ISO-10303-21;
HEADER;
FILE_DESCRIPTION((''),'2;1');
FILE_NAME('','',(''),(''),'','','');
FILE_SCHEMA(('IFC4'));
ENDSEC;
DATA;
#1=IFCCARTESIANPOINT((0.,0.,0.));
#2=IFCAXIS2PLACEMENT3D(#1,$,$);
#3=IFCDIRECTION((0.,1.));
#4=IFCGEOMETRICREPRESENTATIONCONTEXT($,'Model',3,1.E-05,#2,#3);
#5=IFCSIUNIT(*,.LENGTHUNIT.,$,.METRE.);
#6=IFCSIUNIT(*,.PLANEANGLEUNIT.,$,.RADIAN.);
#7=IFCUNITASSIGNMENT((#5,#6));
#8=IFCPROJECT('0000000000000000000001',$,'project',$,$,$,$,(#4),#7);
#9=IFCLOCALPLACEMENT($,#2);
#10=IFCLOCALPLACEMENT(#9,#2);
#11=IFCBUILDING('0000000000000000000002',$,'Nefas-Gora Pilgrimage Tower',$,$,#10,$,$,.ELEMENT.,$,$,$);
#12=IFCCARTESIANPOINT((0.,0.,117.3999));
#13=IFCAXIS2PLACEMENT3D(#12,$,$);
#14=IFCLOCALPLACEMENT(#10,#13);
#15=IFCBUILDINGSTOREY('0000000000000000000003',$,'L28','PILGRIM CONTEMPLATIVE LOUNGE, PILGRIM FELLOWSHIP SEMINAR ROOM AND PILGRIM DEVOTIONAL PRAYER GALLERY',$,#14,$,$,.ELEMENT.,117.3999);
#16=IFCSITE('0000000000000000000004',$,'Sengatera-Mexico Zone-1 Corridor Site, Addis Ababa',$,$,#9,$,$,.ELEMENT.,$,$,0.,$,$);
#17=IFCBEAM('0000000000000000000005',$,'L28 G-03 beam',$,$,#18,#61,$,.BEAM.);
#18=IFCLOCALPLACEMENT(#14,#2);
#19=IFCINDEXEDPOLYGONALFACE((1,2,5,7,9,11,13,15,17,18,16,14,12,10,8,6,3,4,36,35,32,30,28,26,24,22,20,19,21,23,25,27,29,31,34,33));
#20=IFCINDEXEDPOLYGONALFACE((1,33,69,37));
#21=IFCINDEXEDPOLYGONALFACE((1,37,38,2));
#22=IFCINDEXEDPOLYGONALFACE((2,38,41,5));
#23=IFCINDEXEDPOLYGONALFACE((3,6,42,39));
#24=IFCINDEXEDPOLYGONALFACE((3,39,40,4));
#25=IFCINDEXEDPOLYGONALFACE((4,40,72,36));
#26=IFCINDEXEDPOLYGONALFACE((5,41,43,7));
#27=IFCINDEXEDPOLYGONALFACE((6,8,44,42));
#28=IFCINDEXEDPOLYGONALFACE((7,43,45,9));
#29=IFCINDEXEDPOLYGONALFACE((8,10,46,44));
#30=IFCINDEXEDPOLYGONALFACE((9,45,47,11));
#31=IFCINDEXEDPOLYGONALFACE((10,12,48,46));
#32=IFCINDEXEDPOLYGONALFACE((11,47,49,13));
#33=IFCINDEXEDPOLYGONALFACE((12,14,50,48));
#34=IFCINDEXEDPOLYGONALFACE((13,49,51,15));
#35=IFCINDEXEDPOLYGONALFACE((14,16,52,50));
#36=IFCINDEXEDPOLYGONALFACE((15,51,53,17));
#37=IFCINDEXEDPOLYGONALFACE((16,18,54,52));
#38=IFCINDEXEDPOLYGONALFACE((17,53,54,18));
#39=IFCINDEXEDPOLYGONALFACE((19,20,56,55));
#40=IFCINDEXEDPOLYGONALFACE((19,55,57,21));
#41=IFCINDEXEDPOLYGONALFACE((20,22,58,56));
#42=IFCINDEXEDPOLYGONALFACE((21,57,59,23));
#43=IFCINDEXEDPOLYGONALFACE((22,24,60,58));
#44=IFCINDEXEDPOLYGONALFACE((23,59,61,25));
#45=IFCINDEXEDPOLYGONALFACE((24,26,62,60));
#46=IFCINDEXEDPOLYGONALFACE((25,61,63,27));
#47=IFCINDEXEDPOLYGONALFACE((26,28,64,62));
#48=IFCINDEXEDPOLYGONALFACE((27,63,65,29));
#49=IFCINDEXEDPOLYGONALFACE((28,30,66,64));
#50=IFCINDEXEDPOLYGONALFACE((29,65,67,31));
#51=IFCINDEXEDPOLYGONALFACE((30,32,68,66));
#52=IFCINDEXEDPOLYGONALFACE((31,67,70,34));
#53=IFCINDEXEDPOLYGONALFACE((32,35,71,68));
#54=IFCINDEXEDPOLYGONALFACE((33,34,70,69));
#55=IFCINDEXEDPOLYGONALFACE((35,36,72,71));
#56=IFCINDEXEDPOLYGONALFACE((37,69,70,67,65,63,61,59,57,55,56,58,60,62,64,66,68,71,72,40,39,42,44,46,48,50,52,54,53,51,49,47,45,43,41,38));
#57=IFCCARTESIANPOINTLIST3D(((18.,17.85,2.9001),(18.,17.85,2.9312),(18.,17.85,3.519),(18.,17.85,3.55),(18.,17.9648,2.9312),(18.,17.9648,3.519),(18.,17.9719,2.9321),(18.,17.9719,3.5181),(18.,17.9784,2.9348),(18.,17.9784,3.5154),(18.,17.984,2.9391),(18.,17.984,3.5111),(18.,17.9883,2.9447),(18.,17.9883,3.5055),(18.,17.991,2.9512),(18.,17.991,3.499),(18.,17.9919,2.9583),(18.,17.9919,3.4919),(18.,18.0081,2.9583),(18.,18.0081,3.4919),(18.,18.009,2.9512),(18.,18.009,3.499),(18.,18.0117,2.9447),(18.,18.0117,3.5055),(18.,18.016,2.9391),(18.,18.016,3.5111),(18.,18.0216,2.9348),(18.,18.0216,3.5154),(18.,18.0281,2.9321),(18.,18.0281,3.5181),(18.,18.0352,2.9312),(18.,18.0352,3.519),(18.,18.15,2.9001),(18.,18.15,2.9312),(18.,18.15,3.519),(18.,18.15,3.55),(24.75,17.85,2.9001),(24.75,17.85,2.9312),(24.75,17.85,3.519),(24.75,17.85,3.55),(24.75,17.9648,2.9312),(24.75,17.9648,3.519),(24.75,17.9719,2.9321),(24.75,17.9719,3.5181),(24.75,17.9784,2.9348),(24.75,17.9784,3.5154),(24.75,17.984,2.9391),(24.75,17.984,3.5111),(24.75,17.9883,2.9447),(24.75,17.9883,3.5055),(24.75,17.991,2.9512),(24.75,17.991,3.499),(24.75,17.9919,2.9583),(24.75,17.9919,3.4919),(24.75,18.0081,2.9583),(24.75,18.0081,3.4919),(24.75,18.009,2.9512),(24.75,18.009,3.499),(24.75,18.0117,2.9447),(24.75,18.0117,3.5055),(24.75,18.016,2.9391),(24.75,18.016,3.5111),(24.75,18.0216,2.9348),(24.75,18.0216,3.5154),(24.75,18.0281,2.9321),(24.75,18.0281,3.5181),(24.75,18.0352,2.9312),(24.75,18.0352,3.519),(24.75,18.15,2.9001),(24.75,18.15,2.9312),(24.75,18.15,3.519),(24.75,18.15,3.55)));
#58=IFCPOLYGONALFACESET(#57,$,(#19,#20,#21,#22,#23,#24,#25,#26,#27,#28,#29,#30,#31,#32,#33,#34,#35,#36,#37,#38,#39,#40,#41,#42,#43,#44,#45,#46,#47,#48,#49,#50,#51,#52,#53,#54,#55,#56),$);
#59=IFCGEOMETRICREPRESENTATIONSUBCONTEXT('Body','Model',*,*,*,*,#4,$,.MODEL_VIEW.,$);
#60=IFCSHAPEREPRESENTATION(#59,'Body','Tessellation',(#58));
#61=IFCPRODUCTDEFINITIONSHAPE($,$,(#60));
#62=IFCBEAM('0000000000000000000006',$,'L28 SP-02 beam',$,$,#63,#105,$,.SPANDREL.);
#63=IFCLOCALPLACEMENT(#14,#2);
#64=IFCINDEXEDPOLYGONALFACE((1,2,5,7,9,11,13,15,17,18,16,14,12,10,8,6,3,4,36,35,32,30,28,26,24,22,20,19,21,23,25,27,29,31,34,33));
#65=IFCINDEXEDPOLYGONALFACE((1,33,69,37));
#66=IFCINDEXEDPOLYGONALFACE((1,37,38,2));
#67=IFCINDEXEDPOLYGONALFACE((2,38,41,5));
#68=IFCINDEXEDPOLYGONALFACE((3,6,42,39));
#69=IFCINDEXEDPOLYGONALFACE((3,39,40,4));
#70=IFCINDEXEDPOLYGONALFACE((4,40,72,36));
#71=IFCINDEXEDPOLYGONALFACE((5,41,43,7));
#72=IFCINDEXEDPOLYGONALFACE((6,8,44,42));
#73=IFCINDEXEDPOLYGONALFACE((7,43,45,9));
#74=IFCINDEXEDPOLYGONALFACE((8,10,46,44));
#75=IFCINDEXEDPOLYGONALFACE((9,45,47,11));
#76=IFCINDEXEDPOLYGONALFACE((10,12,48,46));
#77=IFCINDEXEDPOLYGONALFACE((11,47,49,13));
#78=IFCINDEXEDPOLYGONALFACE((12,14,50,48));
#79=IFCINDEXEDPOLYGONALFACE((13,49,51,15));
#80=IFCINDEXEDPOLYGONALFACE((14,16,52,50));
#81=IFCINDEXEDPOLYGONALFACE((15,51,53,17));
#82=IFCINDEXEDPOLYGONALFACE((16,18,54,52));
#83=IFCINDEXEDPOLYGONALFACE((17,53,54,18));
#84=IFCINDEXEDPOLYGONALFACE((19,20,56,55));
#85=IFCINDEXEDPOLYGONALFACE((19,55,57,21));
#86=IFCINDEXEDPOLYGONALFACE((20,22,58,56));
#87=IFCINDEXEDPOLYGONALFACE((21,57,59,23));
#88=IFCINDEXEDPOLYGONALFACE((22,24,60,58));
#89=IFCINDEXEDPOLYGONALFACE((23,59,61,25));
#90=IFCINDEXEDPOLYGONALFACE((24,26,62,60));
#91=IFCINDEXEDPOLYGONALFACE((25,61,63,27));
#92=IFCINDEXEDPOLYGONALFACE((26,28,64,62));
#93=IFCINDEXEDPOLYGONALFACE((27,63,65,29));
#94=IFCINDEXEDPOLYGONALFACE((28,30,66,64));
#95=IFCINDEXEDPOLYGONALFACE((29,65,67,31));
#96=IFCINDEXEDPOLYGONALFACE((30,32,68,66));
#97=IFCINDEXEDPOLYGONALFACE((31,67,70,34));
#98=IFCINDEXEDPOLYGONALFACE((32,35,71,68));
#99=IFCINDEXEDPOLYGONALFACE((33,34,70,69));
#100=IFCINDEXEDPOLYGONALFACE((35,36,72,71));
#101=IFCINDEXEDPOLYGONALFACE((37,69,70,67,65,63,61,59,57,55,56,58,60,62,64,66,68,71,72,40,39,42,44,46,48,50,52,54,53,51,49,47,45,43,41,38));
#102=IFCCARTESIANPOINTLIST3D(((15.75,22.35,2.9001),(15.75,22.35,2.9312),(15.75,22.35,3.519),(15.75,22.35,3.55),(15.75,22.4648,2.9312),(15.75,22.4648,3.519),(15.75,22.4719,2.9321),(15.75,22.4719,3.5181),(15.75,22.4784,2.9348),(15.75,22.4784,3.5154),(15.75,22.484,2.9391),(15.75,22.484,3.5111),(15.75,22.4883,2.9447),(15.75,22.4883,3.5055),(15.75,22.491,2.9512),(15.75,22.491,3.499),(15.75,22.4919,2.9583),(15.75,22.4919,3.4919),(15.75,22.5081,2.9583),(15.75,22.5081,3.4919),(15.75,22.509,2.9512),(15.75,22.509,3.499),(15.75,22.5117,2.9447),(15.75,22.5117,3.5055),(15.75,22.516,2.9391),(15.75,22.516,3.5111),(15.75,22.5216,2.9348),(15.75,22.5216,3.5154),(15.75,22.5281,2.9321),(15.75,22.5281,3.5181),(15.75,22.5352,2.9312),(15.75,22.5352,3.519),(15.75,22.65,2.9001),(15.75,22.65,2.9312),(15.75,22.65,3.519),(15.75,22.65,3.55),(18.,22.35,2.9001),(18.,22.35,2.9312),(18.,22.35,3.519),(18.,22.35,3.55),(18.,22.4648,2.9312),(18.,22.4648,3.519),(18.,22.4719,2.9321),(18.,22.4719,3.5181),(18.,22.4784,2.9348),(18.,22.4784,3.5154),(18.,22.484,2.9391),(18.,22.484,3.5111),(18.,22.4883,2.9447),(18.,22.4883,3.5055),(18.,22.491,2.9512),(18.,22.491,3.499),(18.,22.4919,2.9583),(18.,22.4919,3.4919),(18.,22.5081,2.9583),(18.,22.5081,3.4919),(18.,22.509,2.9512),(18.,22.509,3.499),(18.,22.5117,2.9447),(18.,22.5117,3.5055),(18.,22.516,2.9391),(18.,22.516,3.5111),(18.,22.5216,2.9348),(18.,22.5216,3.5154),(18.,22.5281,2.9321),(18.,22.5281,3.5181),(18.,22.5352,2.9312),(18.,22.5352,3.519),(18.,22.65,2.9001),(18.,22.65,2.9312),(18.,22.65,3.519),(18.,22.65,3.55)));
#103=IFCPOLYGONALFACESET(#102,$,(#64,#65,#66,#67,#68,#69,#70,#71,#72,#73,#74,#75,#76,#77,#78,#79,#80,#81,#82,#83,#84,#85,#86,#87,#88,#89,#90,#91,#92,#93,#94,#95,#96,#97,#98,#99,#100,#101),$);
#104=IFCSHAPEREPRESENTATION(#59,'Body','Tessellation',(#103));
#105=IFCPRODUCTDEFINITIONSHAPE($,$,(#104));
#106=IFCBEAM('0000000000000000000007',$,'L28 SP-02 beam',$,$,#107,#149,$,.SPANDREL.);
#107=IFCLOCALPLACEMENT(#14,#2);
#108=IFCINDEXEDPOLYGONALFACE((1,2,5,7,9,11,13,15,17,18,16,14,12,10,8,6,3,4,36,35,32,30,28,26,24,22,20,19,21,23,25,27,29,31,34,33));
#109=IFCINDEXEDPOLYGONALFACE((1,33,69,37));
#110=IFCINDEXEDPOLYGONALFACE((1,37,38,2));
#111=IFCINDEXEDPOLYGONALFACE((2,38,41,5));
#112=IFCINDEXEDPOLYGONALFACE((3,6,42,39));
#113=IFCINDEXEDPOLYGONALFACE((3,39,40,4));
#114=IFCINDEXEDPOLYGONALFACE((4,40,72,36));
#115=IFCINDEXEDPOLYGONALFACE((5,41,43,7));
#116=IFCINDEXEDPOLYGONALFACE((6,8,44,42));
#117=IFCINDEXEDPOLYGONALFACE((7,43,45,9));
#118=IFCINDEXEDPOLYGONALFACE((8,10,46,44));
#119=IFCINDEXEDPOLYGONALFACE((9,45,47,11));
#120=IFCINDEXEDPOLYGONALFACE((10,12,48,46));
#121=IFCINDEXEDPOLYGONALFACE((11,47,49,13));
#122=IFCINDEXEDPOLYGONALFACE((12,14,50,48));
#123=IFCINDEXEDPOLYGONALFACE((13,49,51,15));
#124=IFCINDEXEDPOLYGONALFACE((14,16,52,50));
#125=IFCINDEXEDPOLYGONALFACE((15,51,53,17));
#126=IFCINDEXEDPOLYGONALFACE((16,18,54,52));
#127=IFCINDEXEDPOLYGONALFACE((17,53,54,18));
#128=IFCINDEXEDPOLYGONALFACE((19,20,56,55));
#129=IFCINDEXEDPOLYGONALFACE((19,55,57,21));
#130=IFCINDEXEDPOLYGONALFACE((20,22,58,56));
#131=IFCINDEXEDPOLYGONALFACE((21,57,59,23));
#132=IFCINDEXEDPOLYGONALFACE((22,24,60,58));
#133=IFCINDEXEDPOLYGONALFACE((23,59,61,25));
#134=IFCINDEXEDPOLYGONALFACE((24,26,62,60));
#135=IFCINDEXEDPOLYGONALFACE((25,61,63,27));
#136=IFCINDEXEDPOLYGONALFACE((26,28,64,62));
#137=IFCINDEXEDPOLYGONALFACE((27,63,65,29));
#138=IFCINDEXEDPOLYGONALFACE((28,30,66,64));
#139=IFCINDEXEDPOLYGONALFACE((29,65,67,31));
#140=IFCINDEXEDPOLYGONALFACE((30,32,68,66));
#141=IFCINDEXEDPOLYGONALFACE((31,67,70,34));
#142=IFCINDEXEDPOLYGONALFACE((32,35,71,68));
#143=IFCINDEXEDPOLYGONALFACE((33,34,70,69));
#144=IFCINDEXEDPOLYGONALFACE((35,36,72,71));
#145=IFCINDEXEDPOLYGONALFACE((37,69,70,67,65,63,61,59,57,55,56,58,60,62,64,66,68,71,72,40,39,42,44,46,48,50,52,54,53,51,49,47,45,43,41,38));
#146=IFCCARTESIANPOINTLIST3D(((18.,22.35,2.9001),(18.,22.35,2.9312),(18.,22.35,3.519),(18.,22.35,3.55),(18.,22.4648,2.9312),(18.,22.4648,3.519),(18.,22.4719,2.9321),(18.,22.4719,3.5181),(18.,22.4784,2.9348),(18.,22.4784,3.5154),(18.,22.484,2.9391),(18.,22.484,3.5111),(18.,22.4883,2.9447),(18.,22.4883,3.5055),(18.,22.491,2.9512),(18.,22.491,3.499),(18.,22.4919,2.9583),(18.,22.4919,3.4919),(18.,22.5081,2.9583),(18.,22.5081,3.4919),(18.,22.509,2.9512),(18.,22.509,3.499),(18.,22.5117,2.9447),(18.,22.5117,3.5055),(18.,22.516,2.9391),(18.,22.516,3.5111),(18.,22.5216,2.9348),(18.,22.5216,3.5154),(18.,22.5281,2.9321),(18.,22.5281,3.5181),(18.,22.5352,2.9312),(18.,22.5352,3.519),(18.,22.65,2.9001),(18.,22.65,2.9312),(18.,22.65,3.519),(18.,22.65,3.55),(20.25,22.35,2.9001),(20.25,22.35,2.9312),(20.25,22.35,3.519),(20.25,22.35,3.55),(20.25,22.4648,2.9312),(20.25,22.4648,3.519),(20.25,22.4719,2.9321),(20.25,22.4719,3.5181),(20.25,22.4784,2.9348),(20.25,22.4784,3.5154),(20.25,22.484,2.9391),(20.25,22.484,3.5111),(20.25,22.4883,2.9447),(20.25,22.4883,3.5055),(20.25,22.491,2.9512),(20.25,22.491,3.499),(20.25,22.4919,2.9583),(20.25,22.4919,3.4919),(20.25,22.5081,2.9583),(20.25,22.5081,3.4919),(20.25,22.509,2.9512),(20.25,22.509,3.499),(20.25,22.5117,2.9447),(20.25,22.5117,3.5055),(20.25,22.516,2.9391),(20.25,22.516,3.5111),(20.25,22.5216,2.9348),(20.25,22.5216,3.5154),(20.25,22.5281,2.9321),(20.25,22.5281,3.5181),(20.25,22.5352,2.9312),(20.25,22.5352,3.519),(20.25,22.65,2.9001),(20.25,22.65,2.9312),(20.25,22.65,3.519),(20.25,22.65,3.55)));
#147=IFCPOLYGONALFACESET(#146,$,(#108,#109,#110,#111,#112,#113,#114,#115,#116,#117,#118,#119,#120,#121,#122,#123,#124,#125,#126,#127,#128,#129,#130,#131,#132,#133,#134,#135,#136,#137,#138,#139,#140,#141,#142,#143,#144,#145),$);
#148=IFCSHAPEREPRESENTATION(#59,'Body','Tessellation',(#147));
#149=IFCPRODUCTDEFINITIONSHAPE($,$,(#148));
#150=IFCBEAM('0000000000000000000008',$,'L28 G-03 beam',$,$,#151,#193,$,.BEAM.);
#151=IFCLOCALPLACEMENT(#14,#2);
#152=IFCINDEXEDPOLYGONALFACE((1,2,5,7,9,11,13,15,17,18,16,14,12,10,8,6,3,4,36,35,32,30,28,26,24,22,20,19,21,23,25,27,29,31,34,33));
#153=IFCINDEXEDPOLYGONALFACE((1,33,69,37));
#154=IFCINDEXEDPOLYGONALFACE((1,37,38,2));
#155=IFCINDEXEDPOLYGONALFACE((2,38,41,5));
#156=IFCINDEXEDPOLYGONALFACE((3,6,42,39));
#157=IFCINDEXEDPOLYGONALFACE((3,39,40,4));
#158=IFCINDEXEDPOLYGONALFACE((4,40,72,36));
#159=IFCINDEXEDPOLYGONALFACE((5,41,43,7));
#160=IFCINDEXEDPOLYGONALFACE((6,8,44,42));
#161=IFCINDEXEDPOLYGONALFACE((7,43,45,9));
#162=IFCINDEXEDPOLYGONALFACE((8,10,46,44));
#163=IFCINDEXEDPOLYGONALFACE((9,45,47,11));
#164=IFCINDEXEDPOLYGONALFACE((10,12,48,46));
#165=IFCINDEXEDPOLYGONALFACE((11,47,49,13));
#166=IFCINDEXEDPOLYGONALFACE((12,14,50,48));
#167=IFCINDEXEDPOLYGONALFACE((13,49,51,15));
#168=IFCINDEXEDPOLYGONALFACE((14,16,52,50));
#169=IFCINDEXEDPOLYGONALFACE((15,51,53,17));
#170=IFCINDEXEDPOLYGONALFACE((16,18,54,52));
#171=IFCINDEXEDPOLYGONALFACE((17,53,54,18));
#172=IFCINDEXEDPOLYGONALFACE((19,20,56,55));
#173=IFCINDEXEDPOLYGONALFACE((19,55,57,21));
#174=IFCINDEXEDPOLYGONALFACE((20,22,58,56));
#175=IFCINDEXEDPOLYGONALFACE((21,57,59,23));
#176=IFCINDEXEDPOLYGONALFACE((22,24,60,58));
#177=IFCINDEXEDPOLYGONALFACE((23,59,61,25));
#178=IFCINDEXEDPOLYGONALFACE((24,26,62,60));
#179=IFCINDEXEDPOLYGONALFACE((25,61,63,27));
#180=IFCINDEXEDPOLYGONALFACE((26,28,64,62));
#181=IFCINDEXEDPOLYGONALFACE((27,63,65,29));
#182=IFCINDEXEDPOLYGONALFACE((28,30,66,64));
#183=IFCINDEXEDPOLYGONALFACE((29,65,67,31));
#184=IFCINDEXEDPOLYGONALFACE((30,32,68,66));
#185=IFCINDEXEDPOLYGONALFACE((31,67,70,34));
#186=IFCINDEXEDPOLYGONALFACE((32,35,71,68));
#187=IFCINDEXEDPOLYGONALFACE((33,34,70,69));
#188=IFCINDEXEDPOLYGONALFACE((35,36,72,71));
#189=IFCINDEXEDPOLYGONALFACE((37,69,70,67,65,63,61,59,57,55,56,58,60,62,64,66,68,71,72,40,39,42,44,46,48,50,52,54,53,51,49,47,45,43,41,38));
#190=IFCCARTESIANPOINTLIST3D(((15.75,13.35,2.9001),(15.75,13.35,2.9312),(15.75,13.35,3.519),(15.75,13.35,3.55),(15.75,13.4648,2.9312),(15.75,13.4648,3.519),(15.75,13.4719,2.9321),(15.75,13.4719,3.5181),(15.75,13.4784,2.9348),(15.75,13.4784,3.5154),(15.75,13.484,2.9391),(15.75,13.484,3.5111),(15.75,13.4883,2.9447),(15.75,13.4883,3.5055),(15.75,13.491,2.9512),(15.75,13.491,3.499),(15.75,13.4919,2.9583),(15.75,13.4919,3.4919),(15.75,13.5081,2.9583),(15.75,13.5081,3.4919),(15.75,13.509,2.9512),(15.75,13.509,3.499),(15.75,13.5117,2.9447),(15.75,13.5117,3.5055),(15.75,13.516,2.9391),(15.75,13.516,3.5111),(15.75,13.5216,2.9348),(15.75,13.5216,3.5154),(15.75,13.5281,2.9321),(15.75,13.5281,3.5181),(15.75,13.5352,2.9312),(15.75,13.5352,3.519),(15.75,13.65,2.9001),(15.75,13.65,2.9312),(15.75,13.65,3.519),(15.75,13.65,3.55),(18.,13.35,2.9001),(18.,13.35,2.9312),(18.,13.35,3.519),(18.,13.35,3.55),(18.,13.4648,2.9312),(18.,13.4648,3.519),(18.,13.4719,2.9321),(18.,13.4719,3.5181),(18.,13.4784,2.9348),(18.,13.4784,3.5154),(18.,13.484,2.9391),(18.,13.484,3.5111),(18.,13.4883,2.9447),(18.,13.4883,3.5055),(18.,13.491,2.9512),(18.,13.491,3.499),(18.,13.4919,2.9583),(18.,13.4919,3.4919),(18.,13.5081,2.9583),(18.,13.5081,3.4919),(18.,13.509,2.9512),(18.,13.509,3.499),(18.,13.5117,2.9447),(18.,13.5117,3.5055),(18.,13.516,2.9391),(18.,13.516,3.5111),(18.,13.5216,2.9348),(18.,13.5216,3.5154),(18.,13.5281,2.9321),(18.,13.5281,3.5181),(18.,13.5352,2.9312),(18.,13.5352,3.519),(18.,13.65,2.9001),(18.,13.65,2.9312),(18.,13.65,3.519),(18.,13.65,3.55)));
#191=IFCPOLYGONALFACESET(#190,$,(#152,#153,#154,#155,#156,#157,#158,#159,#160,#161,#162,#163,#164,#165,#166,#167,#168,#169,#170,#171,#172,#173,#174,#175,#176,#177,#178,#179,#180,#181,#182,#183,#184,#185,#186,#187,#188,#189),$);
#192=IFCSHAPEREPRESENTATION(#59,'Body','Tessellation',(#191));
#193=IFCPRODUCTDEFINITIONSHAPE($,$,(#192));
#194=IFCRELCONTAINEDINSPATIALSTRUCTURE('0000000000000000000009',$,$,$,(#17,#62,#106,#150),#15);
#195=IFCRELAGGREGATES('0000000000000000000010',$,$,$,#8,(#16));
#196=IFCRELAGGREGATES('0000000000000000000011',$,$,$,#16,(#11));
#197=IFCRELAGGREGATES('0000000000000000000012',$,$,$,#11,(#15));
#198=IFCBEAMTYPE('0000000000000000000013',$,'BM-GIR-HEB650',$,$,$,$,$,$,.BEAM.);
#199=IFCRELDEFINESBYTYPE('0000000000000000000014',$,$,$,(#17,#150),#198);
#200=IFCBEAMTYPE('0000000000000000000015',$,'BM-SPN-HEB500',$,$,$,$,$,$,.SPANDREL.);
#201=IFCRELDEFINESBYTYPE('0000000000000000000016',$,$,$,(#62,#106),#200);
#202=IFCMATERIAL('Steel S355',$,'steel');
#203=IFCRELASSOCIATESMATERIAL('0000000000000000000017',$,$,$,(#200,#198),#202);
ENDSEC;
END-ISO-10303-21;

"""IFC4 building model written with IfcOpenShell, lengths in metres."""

from ifc_helpers import new_model, si_unit, direction, frame, origin, origin_2d, place, context, subcontext, project, spatial, i_section, extrude, source, transform, mapped, material, material_profile, profile_set, type_object, element, save


model = new_model("IFC4")

# Units and contexts
model_context = context("Model", 3, precision=1e-05, world=origin(), true_north=direction((0.0, 1.0)))
body_context = subcontext(model_context, "Body", "Model", "MODEL_VIEW")
ifc_project = project(units=[si_unit("LENGTHUNIT", "METRE"), si_unit("PLANEANGLEUNIT", "RADIAN")], contexts=[model_context])

# Site, building, storey
site_placement = place(None, origin())
site = spatial("IfcSite", under=ifc_project, at=site_placement, Name="Sengatera-Mexico Zone-1 Corridor Site, Addis Ababa", CompositionType="ELEMENT", RefElevation=0.0)
building_placement = place(site_placement, origin())
building = spatial("IfcBuilding", under=site, at=building_placement, Name="Nefas-Gora Pilgrimage Tower", CompositionType="ELEMENT")
storey_placement = place(building_placement, frame((0.0, 0.0, 117.3999)))
storey = spatial("IfcBuildingStorey", under=building, at=storey_placement, Name="L28", Description="PILGRIM CONTEMPLATIVE LOUNGE, PILGRIM FELLOWSHIP SEMINAR ROOM AND PILGRIM DEVOTIONAL PRAYER GALLERY", CompositionType="ELEMENT", Elevation=117.3999)

# Beams
ifc_material_1 = material(Name="Steel S355", Category="steel")
ifc_material_profile_1 = material_profile(ifc_material_1, i_section(OverallWidth=0.3, OverallDepth=0.6499, WebThickness=0.0161, FlangeThickness=0.031, FilletRadius=0.0271, at=origin_2d()), Name="HEB 650")
ifc_profile_set_1 = profile_set([ifc_material_profile_1], Name="Steel S355")
beam_type_1 = type_object("IfcBeamType", Name="BM-SPN-HEB500", PredefinedType="SPANDREL", material=ifc_profile_set_1)
ifc_material_profile_2 = material_profile(ifc_material_1, i_section(OverallWidth=0.3, OverallDepth=0.6499, WebThickness=0.0161, FlangeThickness=0.031, FilletRadius=0.0271, at=origin_2d()), Name="HEB 650")
ifc_profile_set_2 = profile_set([ifc_material_profile_2], Name="Steel S355")
beam_type_2 = type_object("IfcBeamType", Name="BM-GIR-HEB650", PredefinedType="BEAM", material=ifc_profile_set_2)
shared_shape_1 = source(origin(), body_context, "Body", "SweptSolid", [
    extrude(i_section(OverallWidth=0.3, OverallDepth=0.6499, WebThickness=0.0161, FlangeThickness=0.031, FilletRadius=0.0271, at=origin_2d()), origin(), (0.0, 0.0, 1.0), 6.75),
])
for number, where, z_axis, x_axis, name in (
    (1, (18.0, 18.0, 3.2251), (1.0, 0.0, 0.0), (0.0, 1.0, 0.0), "L28 G-03 beam"),
):
    element("IfcBeam", number, at=place(storey_placement, frame(where, z_axis=z_axis, x_axis=x_axis)), inside=storey, type_object=beam_type_2, Name=name, PredefinedType="BEAM", context=body_context, shape_type="MappedRepresentation", body=[
        mapped(shared_shape_1, transform((0.0, 0.0, 0.0), x_axis=(1.0, 0.0, 0.0), y_axis=(0.0, 1.0, 0.0), z_axis=(0.0, 0.0, 1.0), scale=1.0)),
    ])
shared_shape_2 = source(origin(), body_context, "Body", "SweptSolid", [
    extrude(i_section(OverallWidth=0.3, OverallDepth=0.6499, WebThickness=0.0161, FlangeThickness=0.031, FilletRadius=0.0271, at=origin_2d()), origin(), (0.0, 0.0, 1.0), 2.25),
])
for number, where, z_axis, x_axis, name in (
    (2, (15.75, 22.5, 3.2251), (1.0, 0.0, 0.0), (0.0, 1.0, 0.0), "L28 SP-02 beam"),
    (3, (18.0, 22.5, 3.2251), (1.0, 0.0, 0.0), (0.0, 1.0, 0.0), "L28 SP-02 beam"),
):
    element("IfcBeam", number, at=place(storey_placement, frame(where, z_axis=z_axis, x_axis=x_axis)), inside=storey, type_object=beam_type_1, Name=name, PredefinedType="SPANDREL", context=body_context, shape_type="MappedRepresentation", body=[
        mapped(shared_shape_2, transform((0.0, 0.0, 0.0), x_axis=(1.0, 0.0, 0.0), y_axis=(0.0, 1.0, 0.0), z_axis=(0.0, 0.0, 1.0), scale=1.0)),
    ])
shared_shape_3 = source(origin(), body_context, "Body", "SweptSolid", [
    extrude(i_section(OverallWidth=0.3, OverallDepth=0.6499, WebThickness=0.0161, FlangeThickness=0.031, FilletRadius=0.0271, at=origin_2d()), origin(), (0.0, 0.0, 1.0), 2.25),
])
beam_1_placement = place(storey_placement, frame((15.75, 13.5, 3.2251), z_axis=(1.0, 0.0, 0.0), x_axis=(0.0, 1.0, 0.0)))
element("IfcBeam", 4, at=beam_1_placement, inside=storey, type_object=beam_type_2, Name="L28 G-03 beam", PredefinedType="BEAM", context=body_context, shape_type="MappedRepresentation", body=[
    mapped(shared_shape_3, transform((0.0, 0.0, 0.0), x_axis=(1.0, 0.0, 0.0), y_axis=(0.0, 1.0, 0.0), z_axis=(0.0, 0.0, 1.0), scale=1.0)),
])

save(model, "model.ifc")
